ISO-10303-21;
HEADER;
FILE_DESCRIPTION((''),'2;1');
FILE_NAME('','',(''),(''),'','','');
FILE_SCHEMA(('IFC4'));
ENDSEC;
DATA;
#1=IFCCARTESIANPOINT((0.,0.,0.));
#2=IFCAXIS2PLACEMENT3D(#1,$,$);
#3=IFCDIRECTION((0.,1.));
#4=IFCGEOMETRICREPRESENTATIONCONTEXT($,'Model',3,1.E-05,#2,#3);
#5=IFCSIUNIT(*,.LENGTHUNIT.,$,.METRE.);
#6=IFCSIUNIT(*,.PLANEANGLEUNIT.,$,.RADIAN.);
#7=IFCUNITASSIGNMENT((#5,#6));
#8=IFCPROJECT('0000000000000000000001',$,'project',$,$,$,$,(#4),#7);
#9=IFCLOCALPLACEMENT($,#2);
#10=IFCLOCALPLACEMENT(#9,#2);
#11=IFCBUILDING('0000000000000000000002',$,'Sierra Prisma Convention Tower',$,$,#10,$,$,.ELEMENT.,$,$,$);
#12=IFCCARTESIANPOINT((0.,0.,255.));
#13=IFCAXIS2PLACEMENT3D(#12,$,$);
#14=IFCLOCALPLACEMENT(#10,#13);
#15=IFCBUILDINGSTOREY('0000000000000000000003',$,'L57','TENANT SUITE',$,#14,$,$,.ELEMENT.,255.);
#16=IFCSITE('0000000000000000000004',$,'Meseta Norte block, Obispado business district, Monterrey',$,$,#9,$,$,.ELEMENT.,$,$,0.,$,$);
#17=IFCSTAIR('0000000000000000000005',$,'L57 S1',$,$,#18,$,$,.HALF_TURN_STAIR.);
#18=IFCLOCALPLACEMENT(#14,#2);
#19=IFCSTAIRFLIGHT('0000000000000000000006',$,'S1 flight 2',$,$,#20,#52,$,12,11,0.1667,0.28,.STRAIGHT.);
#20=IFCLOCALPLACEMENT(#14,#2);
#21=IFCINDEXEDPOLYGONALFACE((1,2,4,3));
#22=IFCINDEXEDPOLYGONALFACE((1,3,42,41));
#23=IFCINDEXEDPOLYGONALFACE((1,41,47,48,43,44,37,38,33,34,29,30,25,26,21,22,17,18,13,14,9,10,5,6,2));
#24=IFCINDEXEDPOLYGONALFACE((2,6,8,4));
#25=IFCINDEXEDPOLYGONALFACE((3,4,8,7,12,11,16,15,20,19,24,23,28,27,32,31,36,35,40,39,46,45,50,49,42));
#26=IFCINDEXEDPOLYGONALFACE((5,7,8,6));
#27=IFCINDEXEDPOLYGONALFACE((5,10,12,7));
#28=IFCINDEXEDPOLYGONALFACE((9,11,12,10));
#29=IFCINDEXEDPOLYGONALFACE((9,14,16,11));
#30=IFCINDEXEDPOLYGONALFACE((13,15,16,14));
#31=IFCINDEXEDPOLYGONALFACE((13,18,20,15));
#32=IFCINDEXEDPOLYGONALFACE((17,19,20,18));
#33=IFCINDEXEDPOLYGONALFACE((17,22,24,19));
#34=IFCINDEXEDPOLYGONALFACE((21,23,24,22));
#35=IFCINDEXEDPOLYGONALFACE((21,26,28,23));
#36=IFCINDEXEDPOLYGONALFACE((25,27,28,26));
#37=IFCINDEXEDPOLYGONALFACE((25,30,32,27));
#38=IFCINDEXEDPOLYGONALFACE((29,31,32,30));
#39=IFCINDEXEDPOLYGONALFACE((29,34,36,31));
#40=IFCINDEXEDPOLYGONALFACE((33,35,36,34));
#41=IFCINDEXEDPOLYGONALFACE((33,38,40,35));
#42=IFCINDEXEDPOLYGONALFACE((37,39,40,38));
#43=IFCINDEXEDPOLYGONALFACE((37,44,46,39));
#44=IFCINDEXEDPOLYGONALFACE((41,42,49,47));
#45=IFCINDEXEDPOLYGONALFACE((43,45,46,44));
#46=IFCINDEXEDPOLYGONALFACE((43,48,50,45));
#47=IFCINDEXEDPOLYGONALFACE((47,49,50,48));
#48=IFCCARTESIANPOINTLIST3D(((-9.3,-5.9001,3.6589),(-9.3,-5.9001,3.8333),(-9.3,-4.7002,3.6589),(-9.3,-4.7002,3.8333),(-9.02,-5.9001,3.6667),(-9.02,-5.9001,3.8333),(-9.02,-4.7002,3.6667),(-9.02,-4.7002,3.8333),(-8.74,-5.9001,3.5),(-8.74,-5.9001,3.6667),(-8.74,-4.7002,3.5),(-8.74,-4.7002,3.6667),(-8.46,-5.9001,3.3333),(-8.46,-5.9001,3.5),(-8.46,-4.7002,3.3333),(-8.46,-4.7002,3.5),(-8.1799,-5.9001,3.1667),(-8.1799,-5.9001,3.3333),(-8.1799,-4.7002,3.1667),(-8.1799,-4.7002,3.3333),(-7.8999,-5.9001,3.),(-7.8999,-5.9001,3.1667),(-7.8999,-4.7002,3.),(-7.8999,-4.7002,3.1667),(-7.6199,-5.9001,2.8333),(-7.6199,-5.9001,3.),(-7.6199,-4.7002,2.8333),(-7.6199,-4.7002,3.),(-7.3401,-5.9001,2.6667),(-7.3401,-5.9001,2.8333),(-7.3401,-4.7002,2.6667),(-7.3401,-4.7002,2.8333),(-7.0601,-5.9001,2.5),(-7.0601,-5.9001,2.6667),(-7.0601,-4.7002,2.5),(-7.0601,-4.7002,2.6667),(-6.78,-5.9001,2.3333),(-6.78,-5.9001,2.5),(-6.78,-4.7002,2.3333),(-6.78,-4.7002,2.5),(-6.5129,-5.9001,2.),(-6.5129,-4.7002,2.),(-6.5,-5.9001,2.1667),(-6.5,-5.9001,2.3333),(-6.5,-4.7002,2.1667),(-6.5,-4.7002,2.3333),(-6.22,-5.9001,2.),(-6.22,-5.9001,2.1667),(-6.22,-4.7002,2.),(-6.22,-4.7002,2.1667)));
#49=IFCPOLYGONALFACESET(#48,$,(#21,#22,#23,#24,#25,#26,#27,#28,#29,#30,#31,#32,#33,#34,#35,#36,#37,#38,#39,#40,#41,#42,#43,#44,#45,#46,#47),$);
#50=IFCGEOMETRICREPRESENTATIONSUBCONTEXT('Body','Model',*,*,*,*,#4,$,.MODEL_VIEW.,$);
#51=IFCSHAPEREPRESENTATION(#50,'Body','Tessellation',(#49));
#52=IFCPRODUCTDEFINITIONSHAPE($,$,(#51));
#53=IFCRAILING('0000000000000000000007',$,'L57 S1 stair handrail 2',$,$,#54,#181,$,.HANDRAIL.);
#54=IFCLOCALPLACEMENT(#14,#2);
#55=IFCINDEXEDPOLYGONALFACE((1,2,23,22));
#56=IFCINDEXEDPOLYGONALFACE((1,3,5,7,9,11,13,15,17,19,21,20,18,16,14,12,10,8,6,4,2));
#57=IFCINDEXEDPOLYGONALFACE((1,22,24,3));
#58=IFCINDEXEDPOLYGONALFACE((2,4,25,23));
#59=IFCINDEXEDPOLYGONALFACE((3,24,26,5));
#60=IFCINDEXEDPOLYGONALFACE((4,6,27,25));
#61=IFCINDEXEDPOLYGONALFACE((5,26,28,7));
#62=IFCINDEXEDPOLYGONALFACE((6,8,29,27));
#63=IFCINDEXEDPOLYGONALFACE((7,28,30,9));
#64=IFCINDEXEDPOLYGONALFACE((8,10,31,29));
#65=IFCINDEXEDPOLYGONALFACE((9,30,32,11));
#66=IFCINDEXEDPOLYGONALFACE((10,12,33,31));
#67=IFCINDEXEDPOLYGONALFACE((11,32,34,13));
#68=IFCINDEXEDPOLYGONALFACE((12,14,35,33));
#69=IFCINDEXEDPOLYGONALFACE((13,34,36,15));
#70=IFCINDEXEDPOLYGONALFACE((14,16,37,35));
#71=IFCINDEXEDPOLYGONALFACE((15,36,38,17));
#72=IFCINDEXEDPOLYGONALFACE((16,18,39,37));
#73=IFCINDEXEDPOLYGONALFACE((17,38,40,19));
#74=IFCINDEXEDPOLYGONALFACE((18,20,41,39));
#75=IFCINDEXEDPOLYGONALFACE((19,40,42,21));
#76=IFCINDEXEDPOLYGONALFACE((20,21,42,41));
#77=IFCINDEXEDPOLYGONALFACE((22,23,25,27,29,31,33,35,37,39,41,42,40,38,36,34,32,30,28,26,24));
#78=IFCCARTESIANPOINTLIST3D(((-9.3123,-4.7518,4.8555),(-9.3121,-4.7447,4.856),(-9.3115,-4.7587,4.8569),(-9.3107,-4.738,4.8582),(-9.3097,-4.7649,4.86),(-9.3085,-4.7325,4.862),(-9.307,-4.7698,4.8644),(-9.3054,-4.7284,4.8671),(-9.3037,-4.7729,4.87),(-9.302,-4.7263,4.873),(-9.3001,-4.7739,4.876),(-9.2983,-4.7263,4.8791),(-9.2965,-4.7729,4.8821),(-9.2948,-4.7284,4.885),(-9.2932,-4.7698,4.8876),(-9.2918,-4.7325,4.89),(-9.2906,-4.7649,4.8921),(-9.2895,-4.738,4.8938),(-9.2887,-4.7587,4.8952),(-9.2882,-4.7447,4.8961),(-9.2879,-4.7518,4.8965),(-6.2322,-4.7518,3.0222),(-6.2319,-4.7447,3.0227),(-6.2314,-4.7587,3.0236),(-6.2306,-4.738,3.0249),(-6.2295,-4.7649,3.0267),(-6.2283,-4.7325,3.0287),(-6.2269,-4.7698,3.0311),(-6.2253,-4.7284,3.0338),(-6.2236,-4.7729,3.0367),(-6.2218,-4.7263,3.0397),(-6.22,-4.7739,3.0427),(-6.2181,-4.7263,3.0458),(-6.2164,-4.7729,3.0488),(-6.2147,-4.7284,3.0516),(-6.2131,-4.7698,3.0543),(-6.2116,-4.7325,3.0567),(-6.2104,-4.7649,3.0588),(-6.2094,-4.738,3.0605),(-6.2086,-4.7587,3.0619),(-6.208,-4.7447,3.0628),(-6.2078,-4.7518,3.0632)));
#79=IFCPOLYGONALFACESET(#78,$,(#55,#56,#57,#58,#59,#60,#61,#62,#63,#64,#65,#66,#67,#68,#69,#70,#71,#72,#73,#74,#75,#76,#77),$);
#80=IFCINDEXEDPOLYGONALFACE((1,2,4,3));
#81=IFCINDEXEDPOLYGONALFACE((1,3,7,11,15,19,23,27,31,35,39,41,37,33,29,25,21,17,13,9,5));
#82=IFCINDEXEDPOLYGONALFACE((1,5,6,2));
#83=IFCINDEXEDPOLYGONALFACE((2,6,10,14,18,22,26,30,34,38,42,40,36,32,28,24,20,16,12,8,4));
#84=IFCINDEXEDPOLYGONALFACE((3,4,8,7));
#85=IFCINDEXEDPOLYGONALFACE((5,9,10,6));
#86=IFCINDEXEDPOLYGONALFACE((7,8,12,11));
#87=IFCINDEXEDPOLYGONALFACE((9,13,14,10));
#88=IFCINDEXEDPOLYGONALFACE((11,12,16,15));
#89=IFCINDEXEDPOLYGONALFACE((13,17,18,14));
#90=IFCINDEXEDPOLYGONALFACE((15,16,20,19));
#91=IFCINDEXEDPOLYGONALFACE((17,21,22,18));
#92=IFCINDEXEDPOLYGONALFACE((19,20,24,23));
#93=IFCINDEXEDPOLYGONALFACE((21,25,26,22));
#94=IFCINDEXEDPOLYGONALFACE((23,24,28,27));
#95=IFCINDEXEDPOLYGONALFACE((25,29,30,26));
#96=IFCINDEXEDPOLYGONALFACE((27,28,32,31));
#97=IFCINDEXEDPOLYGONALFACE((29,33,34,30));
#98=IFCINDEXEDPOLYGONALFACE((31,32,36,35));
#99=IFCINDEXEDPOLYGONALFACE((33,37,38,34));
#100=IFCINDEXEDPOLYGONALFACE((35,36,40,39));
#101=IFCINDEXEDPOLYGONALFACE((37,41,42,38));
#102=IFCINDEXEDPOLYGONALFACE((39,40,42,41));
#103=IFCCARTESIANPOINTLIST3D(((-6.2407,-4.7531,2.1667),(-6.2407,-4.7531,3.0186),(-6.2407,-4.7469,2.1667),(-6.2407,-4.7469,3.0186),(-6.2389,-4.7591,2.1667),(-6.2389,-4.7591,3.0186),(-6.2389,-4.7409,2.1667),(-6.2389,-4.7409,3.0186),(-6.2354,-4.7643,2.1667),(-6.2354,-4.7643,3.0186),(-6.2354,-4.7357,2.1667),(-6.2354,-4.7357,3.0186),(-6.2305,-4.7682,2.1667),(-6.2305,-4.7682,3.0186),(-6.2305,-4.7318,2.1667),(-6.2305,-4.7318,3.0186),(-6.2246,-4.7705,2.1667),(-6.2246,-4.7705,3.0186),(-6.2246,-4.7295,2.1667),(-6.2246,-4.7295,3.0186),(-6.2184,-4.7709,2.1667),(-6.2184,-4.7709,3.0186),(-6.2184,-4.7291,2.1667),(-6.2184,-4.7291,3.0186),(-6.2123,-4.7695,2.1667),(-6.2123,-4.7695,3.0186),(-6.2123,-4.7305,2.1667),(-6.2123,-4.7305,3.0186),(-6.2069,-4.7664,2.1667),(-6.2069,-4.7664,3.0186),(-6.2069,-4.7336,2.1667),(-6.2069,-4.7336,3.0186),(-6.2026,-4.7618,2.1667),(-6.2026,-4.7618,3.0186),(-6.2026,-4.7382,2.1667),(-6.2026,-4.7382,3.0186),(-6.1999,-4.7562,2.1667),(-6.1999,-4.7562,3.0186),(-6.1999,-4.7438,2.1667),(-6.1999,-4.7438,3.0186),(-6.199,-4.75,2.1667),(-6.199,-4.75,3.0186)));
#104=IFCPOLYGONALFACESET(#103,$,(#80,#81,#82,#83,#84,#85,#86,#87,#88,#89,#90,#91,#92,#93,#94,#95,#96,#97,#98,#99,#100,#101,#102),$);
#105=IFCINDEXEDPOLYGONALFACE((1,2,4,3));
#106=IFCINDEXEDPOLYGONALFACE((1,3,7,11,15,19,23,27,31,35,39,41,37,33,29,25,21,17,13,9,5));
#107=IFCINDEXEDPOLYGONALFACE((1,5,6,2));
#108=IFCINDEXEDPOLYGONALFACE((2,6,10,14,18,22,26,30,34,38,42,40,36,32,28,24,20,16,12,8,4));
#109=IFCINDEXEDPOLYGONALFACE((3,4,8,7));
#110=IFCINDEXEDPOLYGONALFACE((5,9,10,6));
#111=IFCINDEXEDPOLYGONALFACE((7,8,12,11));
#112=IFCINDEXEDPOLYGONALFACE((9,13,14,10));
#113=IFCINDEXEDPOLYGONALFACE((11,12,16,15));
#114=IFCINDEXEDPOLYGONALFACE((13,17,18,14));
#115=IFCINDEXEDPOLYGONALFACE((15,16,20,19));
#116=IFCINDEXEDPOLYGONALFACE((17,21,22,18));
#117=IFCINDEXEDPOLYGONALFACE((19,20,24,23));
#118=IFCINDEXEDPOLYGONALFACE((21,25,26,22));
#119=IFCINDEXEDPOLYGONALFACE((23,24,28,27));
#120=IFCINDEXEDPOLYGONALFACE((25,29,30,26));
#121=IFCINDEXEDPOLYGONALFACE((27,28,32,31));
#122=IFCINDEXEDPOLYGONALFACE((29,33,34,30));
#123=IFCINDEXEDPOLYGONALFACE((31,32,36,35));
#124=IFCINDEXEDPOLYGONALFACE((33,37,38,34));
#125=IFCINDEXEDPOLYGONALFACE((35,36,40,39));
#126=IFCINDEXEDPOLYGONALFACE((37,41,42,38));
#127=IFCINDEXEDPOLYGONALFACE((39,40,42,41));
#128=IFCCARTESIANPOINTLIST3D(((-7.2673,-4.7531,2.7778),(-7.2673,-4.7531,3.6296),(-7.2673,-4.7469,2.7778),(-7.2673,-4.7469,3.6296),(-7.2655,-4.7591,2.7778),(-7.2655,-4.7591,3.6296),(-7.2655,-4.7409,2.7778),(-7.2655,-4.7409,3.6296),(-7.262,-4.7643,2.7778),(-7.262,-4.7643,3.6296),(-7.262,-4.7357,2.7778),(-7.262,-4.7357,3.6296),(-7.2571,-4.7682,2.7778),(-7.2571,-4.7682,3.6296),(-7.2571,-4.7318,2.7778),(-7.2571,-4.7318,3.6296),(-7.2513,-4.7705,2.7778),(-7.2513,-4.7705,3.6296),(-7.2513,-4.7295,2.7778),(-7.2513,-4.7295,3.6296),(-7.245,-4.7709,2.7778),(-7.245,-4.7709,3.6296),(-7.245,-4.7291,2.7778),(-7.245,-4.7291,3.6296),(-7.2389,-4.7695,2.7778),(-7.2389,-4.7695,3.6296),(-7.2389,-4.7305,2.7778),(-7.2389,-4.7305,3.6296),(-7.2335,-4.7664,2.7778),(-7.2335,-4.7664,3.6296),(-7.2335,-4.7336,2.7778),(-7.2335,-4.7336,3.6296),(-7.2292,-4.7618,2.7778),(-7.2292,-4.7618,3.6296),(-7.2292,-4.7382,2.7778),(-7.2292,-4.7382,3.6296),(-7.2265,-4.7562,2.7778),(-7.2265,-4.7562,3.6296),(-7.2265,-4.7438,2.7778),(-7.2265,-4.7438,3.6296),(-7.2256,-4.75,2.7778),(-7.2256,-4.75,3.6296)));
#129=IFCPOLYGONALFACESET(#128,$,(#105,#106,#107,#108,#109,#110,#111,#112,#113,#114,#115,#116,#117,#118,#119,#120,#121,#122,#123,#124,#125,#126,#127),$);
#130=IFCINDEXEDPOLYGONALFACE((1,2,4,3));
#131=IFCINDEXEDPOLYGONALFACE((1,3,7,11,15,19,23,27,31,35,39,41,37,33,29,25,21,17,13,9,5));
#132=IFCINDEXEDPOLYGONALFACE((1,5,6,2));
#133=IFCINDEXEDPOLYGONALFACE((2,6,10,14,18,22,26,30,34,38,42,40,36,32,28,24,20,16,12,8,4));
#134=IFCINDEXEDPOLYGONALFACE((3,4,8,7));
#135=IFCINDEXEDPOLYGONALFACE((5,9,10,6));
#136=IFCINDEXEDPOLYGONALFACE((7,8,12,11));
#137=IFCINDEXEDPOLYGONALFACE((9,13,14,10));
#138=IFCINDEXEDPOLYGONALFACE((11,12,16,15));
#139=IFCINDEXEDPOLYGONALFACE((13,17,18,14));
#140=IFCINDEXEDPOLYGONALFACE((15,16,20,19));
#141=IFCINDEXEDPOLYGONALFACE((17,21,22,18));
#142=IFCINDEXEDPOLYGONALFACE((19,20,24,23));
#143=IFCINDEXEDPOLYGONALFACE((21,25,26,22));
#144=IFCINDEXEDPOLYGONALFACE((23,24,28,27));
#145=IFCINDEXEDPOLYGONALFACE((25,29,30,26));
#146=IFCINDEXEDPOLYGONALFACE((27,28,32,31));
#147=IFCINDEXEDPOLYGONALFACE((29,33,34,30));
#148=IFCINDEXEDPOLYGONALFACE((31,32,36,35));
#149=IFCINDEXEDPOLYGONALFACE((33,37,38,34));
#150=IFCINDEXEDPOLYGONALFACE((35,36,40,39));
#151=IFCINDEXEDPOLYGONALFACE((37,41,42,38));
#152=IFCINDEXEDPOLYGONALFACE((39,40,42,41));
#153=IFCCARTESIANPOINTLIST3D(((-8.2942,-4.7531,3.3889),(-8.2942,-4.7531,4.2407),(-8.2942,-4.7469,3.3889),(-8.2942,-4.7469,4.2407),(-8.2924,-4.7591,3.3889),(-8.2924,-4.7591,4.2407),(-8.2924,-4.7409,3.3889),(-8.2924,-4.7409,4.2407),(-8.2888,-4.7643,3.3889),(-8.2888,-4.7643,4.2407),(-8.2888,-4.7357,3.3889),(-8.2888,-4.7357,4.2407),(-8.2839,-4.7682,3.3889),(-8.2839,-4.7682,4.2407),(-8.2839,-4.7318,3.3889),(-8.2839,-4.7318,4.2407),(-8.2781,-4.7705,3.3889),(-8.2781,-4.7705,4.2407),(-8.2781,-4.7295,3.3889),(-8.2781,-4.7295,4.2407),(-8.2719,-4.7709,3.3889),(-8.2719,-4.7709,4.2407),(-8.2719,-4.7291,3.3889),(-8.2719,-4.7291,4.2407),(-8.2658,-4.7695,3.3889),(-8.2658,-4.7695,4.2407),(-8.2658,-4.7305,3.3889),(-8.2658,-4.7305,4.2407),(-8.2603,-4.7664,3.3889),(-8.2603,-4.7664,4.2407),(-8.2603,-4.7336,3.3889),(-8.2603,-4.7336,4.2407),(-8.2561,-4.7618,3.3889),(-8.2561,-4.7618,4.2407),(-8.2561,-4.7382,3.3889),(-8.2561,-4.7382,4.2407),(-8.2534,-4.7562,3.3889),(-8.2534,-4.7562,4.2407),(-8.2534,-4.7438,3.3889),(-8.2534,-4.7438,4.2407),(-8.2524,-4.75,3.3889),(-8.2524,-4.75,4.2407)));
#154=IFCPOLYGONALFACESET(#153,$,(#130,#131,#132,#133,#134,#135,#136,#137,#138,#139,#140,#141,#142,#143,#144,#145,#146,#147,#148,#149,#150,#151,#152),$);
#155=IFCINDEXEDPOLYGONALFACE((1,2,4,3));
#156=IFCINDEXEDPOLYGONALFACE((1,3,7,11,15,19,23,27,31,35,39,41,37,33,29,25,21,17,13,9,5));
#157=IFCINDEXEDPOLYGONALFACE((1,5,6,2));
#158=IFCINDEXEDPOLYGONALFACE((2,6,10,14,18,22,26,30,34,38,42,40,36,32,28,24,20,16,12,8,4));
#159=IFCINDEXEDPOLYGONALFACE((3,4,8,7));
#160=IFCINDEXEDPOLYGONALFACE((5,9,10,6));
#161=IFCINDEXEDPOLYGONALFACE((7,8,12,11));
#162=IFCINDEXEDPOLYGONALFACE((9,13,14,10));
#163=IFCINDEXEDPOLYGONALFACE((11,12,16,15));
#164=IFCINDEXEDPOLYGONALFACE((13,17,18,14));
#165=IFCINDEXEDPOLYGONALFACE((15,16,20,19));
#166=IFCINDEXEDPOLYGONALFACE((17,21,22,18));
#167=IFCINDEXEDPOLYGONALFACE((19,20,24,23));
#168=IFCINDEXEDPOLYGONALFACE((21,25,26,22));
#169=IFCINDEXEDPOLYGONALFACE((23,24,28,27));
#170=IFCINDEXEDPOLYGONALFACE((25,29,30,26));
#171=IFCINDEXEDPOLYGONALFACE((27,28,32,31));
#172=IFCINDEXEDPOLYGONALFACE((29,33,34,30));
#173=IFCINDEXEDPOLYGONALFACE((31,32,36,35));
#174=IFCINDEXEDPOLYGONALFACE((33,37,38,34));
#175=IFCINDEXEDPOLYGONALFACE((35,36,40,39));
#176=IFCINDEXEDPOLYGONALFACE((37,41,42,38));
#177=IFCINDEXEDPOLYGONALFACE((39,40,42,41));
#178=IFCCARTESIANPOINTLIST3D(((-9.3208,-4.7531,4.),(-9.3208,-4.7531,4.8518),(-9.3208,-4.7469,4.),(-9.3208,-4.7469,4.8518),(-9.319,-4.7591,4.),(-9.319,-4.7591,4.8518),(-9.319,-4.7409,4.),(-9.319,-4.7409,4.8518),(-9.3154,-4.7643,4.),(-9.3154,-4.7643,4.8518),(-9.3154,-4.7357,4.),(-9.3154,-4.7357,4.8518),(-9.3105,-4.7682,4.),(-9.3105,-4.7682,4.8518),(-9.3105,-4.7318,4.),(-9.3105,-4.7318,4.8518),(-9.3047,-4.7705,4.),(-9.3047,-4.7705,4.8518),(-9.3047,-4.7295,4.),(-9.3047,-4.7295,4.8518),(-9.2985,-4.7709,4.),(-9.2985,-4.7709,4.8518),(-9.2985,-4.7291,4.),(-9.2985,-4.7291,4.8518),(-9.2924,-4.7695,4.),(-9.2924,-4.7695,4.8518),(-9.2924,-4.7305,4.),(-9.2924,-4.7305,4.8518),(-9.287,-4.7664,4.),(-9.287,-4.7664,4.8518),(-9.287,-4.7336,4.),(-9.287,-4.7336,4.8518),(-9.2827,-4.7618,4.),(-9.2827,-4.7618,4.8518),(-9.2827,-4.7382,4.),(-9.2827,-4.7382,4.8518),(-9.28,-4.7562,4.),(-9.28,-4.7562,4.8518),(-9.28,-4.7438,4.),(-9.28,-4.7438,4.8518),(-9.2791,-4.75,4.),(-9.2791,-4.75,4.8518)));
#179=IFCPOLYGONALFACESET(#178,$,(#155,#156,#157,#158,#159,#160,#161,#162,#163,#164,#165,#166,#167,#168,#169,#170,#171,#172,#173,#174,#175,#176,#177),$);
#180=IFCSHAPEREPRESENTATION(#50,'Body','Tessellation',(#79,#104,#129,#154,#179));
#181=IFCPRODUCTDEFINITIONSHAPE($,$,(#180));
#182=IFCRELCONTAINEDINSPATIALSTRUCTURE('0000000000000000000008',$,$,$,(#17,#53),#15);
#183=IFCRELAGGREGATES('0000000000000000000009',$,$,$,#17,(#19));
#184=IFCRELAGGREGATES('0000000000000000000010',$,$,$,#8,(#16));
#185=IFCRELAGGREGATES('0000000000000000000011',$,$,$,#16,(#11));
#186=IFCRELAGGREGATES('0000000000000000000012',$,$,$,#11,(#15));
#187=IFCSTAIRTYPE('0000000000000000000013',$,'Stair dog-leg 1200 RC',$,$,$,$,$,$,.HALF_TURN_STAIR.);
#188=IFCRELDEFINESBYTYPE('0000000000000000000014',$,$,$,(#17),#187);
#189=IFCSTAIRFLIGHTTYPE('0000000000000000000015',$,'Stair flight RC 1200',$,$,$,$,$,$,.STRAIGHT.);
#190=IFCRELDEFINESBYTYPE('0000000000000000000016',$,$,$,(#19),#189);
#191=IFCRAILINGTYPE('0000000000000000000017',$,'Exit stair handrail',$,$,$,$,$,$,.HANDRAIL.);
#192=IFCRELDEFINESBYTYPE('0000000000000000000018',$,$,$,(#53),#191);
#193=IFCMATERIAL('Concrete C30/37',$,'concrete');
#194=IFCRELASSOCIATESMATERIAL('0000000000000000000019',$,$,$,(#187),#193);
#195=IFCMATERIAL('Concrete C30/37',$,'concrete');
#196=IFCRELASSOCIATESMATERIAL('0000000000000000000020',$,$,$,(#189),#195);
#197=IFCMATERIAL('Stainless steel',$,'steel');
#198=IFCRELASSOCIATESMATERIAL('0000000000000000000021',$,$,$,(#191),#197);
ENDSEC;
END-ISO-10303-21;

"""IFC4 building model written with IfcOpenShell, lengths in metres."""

from ifc_helpers import new_model, si_unit, direction, frame, origin, origin_2d, place, context, subcontext, project, spatial, polyline, circle, outline, extrude, material, type_object, element, aggregate, save


model = new_model("IFC4")

# Units and contexts
model_context = context("Model", 3, precision=1e-05, world=origin(), true_north=direction((0.0, 1.0)))
body_context = subcontext(model_context, "Body", "Model", "MODEL_VIEW")
ifc_project = project(units=[si_unit("LENGTHUNIT", "METRE"), si_unit("PLANEANGLEUNIT", "RADIAN")], contexts=[model_context])

# Site, building, storey
site_placement = place(None, origin())
site = spatial("IfcSite", under=ifc_project, at=site_placement, Name="Meseta Norte block, Obispado business district, Monterrey", CompositionType="ELEMENT", RefElevation=0.0)
building_placement = place(site_placement, origin())
building = spatial("IfcBuilding", under=site, at=building_placement, Name="Sierra Prisma Convention Tower", CompositionType="ELEMENT")
storey_placement = place(building_placement, frame((0.0, 0.0, 255.0)))
storey = spatial("IfcBuildingStorey", under=building, at=storey_placement, Name="L57", Description="TENANT SUITE", CompositionType="ELEMENT", Elevation=255.0)

# Stair, stair flight
ifc_material_1 = material(Name="Concrete C30/37", Category="concrete")
stair_type = type_object("IfcStairType", Name="Stair dog-leg 1200 RC", PredefinedType="HALF_TURN_STAIR", material=ifc_material_1)
stair_placement = place(storey_placement, origin())
stair = element("IfcStair", 1, at=stair_placement, inside=storey, type_object=stair_type, Name="L57 S1", PredefinedType="HALF_TURN_STAIR")
ifc_material_2 = material(Name="Concrete C30/37", Category="concrete")
stair_flight_type = type_object("IfcStairFlightType", Name="Stair flight RC 1200", PredefinedType="STRAIGHT", material=ifc_material_2)
stair_flight_placement = place(storey_placement, frame((-6.22, -5.3, 2.0), z_axis=(0.0, 0.0, 1.0), x_axis=(-1.0, 0.0, 0.0)))
stair_flight = element("IfcStairFlight", 2, at=stair_flight_placement, type_object=stair_flight_type, Name="S1 flight 2", NumberOfRisers=12, NumberOfTreads=11, PredefinedType="STRAIGHT", RiserHeight=0.1667, TreadLength=0.28, context=body_context, shape_type="SweptSolid", body=[
    extrude(outline(polyline([(0.0, 0.0), (0.0, 0.1667), (0.28, 0.1667), (0.28, 0.3333), (0.5601, 0.3333), (0.5601, 0.5), (0.8401, 0.5), (0.8401, 0.6667), (1.1201, 0.6667), (1.1201, 0.8333), (1.3999, 0.8333), (1.3999, 1.0), (1.6799, 1.0), (1.6799, 1.1667), (1.96, 1.1667), (1.96, 1.3333), (2.24, 1.3333), (2.24, 1.5), (2.52, 1.5), (2.52, 1.6667), (2.8, 1.6667), (2.8, 1.8333), (3.0801, 1.8333), (3.0801, 2.0), (3.0801, 1.6589), (0.293, 0.0), (0.0, 0.0)])), frame((0.0, 0.6001, 0.0), z_axis=(0.0, -1.0, 0.0), x_axis=(1.0, 0.0, 0.0)), (0.0, 0.0, 1.0), 1.2),
])
aggregate(stair, [stair_flight])

# Railing
ifc_material_3 = material(Name="Stainless steel", Category="steel")
railing_type_1 = type_object("IfcRailingType", Name="Exit stair handrail", PredefinedType="HANDRAIL", material=ifc_material_3)
railing_1_placement = place(storey_placement, frame((-6.22, -4.75, 2.1667)))
element("IfcRailing", 3, at=railing_1_placement, inside=storey, type_object=railing_type_1, Name="L57 S1 stair handrail 2", PredefinedType="HANDRAIL", context=body_context, shape_type="SweptSolid", body=[
    extrude(circle(Radius=0.0239, at=origin_2d()), frame((0.0, 0.0, 0.876), z_axis=(-0.859309, 0.0, 0.511458), x_axis=(0.0, -1.0, 0.0)), (0.0, 0.0, 1.0), 3.5845),
    extrude(circle(Radius=0.021, at=origin_2d()), origin(), (0.0, 0.0, 1.0), 0.8518),
    extrude(circle(Radius=0.021, at=origin_2d()), frame((-1.0266, 0.0, 0.6111)), (0.0, 0.0, 1.0), 0.8518),
    extrude(circle(Radius=0.021, at=origin_2d()), frame((-2.0535, 0.0, 1.2222)), (0.0, 0.0, 1.0), 0.8518),
    extrude(circle(Radius=0.021, at=origin_2d()), frame((-3.0801, 0.0, 1.8333)), (0.0, 0.0, 1.0), 0.8518),
])

save(model, "model.ifc")
